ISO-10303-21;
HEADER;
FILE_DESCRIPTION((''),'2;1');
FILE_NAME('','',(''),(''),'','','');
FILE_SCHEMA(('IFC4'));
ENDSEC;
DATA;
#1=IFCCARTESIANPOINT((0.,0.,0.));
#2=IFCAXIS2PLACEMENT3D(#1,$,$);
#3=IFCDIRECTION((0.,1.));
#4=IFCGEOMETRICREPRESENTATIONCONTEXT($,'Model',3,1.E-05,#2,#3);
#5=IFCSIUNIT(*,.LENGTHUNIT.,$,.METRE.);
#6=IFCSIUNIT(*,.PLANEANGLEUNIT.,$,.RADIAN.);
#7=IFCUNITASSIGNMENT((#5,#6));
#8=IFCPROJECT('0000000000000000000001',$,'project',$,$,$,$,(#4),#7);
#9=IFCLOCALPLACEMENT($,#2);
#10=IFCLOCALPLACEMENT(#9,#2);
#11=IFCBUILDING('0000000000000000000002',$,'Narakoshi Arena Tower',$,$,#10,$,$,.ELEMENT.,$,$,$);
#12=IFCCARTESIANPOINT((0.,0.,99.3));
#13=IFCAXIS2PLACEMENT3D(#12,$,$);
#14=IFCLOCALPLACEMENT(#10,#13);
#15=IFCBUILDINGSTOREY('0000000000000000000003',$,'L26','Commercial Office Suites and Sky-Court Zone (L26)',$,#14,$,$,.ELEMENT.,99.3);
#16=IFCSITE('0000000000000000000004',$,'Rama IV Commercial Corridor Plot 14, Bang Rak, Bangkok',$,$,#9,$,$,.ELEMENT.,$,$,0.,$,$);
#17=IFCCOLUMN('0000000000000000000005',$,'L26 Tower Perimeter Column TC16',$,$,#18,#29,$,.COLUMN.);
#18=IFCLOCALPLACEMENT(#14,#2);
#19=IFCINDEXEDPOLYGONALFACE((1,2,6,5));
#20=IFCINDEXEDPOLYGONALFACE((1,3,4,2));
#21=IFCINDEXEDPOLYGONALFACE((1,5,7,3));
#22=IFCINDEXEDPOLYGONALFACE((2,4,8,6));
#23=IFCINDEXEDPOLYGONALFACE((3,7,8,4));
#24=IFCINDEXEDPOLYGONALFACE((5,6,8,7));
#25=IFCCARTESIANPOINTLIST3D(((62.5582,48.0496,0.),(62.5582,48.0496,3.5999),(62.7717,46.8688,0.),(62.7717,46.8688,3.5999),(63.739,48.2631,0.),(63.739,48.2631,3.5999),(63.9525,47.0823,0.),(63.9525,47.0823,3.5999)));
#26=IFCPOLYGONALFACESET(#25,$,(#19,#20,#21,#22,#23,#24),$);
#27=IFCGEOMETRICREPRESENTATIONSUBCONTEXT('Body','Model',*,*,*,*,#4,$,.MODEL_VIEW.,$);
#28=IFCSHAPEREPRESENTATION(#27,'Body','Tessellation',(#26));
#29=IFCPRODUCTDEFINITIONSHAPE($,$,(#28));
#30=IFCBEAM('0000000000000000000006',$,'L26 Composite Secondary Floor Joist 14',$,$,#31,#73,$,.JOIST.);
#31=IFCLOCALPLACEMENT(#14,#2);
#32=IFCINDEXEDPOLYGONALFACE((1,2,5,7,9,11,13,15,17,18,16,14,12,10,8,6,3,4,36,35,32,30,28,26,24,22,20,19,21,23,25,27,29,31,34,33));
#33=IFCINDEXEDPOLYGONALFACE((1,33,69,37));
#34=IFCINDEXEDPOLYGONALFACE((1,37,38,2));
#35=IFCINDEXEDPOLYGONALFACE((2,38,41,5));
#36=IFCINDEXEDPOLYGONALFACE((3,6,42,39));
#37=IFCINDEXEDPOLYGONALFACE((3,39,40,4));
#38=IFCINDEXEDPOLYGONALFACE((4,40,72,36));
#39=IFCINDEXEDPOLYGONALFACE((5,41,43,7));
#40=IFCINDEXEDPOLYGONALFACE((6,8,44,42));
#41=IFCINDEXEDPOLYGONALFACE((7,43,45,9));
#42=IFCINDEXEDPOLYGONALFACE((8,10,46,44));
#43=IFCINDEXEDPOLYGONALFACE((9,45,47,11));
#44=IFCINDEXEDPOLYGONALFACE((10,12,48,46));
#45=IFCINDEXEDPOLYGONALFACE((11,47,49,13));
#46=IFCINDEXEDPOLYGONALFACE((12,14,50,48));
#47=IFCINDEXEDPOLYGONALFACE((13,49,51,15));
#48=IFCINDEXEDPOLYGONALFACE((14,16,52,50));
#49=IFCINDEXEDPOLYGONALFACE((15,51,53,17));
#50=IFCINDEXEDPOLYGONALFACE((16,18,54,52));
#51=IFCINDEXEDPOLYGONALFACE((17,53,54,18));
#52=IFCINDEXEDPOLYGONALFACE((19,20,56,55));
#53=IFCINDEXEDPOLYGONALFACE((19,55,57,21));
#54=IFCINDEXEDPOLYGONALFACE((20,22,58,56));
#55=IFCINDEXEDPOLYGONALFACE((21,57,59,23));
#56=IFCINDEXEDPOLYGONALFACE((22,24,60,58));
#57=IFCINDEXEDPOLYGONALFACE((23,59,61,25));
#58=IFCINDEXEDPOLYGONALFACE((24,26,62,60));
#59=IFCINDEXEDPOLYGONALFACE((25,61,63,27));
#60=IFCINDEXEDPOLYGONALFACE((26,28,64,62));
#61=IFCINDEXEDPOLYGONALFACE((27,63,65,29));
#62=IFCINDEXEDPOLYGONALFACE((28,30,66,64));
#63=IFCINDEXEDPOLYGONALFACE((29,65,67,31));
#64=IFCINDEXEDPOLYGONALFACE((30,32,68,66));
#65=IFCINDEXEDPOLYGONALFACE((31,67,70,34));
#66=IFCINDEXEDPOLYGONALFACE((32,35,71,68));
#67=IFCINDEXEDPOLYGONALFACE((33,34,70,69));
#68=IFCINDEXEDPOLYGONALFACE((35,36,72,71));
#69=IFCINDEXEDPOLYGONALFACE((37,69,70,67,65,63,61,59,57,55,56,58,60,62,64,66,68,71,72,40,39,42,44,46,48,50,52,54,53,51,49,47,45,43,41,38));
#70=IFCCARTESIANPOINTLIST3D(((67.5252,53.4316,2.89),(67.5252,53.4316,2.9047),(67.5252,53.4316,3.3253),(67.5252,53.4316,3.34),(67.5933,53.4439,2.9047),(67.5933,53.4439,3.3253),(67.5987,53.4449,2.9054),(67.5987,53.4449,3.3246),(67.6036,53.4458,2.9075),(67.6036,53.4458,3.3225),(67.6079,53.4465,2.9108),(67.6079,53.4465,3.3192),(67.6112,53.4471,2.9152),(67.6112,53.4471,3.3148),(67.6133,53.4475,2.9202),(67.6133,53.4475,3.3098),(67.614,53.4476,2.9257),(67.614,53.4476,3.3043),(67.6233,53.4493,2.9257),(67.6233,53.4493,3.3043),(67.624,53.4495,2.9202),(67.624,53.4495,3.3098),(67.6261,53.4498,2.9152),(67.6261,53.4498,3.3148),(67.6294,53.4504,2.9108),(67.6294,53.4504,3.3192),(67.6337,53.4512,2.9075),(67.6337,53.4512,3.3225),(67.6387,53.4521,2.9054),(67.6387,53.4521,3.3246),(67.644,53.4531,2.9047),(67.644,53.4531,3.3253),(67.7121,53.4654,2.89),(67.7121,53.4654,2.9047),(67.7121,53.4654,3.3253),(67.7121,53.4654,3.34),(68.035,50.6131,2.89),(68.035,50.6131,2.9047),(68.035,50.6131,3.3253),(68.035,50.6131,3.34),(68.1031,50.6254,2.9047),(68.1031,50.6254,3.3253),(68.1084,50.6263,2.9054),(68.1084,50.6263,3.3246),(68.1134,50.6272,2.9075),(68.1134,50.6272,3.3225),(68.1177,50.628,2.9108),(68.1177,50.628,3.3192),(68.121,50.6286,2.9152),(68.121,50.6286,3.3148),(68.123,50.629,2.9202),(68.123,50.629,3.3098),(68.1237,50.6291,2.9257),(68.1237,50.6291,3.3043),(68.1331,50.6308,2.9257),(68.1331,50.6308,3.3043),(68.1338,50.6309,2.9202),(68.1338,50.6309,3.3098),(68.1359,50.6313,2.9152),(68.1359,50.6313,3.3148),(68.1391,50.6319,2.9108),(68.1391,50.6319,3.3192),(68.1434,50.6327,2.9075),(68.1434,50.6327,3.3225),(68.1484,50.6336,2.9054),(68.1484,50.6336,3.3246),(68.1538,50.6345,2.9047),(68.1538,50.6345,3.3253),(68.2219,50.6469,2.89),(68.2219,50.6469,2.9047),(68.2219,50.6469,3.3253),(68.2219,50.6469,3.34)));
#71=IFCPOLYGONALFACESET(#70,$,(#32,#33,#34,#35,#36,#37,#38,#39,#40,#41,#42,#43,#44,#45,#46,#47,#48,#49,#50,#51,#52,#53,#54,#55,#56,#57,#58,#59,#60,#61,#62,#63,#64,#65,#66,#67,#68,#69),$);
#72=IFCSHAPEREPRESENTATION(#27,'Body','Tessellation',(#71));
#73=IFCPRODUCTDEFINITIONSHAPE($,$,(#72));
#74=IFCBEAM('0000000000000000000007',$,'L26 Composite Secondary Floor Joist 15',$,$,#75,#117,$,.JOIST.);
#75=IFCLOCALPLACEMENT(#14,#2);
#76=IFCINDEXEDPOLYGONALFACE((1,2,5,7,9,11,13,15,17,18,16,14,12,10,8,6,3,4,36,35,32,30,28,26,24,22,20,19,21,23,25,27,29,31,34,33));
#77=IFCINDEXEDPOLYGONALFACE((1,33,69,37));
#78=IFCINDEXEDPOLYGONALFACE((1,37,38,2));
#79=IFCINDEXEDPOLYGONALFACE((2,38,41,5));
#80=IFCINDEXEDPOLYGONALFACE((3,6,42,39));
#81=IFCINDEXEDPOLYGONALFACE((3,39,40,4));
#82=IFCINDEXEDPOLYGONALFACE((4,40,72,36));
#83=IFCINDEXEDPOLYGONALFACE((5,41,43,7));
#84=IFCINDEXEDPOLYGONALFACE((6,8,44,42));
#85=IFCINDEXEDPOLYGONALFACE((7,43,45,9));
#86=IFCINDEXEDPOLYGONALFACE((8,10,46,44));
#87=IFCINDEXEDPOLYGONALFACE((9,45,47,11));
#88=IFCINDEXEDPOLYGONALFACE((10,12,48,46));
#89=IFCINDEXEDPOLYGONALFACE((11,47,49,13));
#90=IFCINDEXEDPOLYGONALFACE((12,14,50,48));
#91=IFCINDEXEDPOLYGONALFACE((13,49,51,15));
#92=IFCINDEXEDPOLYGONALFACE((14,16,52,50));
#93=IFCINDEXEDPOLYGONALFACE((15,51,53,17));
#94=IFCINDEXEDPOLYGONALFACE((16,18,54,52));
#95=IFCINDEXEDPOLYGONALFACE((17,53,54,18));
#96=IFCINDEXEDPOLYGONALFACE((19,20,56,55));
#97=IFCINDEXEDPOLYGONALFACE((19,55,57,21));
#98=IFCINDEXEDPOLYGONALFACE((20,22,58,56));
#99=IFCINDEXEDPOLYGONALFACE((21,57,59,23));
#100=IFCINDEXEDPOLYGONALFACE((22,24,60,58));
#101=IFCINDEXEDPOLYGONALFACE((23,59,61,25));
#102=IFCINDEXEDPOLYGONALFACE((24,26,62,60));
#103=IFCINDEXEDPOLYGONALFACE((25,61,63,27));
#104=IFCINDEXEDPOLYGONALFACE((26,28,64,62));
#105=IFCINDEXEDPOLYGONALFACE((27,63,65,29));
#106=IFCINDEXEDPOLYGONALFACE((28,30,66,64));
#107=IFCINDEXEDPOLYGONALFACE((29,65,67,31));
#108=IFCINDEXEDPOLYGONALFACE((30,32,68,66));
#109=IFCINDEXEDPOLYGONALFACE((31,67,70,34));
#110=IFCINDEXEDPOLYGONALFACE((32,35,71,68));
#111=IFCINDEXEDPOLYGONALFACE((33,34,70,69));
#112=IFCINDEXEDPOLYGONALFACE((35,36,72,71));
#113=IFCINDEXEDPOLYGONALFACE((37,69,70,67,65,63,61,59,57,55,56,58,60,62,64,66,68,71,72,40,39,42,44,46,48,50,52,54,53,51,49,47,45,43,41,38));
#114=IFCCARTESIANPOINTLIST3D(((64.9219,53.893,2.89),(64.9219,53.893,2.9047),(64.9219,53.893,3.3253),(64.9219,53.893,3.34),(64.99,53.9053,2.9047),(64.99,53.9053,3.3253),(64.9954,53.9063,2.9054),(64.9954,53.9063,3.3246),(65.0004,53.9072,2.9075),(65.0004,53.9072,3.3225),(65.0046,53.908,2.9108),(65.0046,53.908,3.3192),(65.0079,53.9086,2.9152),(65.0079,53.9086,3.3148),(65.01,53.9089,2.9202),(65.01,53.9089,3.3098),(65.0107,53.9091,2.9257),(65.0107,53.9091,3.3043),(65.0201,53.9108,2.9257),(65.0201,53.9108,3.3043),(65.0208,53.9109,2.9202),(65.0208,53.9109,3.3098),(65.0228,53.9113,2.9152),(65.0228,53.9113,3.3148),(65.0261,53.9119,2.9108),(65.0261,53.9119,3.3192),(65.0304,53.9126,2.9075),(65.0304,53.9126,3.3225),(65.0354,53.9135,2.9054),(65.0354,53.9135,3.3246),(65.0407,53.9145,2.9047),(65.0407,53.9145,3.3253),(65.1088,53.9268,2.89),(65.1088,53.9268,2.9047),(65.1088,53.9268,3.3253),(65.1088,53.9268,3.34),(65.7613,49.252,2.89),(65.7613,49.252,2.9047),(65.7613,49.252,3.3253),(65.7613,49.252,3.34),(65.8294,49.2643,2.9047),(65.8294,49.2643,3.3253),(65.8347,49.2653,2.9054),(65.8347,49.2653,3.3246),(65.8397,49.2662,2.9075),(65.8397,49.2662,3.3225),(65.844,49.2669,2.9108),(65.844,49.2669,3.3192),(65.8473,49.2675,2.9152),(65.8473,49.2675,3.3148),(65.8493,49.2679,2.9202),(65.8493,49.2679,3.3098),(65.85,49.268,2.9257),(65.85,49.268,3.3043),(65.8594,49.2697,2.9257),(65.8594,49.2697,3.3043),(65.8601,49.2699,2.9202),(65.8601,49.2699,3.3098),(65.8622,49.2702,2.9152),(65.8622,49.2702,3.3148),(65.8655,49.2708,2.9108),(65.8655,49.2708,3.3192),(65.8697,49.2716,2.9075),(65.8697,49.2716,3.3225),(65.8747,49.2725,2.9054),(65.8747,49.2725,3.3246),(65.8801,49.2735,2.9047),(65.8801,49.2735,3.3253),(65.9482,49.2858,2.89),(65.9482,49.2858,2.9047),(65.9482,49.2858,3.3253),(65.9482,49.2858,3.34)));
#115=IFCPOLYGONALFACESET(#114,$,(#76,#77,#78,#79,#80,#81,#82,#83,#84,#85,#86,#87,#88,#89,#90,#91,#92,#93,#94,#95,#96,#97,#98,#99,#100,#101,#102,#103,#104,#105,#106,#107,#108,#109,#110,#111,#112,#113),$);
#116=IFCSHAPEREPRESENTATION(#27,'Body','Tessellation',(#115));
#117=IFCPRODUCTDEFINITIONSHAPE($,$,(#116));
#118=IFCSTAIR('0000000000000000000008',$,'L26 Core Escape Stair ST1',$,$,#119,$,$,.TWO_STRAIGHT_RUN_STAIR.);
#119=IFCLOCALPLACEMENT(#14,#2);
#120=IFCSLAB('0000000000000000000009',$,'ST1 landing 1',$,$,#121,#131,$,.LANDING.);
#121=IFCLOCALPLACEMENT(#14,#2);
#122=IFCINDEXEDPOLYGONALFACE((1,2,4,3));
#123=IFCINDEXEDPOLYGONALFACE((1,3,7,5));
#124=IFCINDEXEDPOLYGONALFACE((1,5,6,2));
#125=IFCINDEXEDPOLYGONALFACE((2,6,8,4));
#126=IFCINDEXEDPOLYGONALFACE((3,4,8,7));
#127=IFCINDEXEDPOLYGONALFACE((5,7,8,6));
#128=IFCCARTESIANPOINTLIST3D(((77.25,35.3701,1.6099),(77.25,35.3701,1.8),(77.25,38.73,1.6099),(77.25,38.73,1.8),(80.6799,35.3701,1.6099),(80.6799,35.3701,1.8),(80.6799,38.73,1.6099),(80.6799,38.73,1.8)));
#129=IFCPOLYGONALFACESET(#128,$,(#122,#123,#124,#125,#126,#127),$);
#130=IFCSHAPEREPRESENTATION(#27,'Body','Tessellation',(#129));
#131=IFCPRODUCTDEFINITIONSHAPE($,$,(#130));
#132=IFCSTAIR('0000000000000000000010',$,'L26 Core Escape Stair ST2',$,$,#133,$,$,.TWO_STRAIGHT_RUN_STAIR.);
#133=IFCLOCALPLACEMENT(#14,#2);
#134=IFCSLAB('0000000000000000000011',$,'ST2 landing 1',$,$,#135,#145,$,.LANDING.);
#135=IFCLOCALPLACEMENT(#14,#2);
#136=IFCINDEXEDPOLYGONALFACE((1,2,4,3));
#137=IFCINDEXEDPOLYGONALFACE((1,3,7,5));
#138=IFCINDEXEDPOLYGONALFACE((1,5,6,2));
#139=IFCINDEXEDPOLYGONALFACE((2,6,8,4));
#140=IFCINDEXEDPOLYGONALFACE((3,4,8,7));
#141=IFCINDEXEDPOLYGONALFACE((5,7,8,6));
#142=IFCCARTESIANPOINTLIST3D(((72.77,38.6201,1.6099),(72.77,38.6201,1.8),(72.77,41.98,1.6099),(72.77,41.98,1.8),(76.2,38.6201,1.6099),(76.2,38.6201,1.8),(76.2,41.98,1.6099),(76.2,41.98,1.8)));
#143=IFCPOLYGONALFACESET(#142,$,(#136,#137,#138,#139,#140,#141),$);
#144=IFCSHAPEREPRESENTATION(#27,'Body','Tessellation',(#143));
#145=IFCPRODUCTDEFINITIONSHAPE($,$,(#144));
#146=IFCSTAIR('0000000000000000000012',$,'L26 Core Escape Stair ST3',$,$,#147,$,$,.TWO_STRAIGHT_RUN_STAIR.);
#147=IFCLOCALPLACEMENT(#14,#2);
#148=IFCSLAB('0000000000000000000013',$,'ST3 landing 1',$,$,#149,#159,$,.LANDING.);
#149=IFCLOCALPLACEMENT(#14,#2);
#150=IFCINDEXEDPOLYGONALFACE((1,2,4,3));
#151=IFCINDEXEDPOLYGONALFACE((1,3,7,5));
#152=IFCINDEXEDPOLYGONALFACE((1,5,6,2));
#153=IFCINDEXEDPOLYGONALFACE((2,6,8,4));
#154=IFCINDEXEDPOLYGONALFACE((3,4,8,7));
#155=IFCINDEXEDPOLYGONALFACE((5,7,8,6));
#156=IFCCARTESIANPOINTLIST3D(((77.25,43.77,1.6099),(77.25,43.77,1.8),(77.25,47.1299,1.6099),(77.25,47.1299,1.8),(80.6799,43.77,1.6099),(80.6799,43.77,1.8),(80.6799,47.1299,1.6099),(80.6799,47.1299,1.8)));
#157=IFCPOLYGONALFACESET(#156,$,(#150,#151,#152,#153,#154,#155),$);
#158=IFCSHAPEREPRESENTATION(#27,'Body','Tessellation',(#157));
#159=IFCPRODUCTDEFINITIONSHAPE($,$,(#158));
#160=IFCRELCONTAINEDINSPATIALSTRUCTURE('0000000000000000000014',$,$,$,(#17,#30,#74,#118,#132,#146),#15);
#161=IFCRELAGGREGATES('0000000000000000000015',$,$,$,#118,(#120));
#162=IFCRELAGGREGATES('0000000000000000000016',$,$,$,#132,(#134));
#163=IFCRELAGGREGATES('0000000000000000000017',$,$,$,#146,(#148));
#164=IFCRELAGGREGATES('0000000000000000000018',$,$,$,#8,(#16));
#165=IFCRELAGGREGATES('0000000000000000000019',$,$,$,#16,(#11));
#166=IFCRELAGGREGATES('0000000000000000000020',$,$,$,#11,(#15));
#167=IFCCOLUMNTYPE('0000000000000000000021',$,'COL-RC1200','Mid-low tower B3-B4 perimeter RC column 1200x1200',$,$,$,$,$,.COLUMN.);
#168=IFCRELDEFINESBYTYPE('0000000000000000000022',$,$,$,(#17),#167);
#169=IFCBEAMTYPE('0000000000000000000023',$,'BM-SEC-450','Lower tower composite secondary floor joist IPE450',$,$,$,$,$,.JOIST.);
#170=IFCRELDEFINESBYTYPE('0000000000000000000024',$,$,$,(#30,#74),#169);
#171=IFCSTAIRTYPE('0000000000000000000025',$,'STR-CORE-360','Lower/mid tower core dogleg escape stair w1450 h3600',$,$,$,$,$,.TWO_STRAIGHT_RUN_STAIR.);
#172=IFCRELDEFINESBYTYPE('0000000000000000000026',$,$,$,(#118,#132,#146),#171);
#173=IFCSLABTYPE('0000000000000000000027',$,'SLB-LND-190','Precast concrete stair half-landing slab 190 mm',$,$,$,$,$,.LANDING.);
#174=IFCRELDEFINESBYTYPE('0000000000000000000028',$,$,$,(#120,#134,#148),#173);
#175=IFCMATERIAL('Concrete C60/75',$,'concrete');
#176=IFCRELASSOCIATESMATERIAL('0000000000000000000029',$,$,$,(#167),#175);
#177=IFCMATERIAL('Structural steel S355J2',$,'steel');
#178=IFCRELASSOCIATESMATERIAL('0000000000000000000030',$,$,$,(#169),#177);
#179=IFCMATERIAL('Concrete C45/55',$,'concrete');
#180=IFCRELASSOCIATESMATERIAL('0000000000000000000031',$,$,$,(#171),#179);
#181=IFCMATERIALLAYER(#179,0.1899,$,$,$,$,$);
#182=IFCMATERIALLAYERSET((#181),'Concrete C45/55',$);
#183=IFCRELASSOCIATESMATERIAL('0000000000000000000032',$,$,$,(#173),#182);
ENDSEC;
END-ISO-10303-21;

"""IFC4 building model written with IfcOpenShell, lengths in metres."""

from ifc_helpers import new_model, si_unit, direction, frame, origin, origin_2d, place, context, subcontext, project, spatial, polyline, rectangle, i_section, outline, extrude, material, layer, layer_set, material_profile, profile_set, type_object, element, aggregate, save


model = new_model("IFC4")

# Units and contexts
model_context = context("Model", 3, precision=1e-05, world=origin(), true_north=direction((0.0, 1.0)))
body_context = subcontext(model_context, "Body", "Model", "MODEL_VIEW")
ifc_project = project(units=[si_unit("LENGTHUNIT", "METRE"), si_unit("PLANEANGLEUNIT", "RADIAN")], contexts=[model_context])

# Site, building, storey
site_placement = place(None, origin())
site = spatial("IfcSite", under=ifc_project, at=site_placement, Name="Rama IV Commercial Corridor Plot 14, Bang Rak, Bangkok", CompositionType="ELEMENT", RefElevation=0.0)
building_placement = place(site_placement, origin())
building = spatial("IfcBuilding", under=site, at=building_placement, Name="Narakoshi Arena Tower", CompositionType="ELEMENT")
storey_placement = place(building_placement, frame((0.0, 0.0, 99.3)))
storey = spatial("IfcBuildingStorey", under=building, at=storey_placement, Name="L26", Description="Commercial Office Suites and Sky-Court Zone (L26)", CompositionType="ELEMENT", Elevation=99.3)

# Column
ifc_material_1 = material(Name="Concrete C60/75", Category="concrete")
ifc_material_profile_1 = material_profile(ifc_material_1, rectangle(XDim=1.2, YDim=1.2, at=origin_2d()), Name="RC1200x1200")
ifc_profile_set_1 = profile_set([ifc_material_profile_1], Name="Concrete C60/75")
column_type = type_object("IfcColumnType", Name="COL-RC1200", Description="Mid-low tower B3-B4 perimeter RC column 1200x1200", PredefinedType="COLUMN", material=ifc_profile_set_1)
column_placement = place(storey_placement, frame((63.2554, 47.5659, 0.0), z_axis=(0.0, 0.0, 1.0), x_axis=(-0.177944, 0.984041, 0.0)))
element("IfcColumn", 1, at=column_placement, inside=storey, type_object=column_type, Name="L26 Tower Perimeter Column TC16", PredefinedType="COLUMN", context=body_context, shape_type="SweptSolid", body=[
    extrude(rectangle(XDim=1.2, YDim=1.2, at=origin_2d()), origin(), (0.0, 0.0, 1.0), 3.5999),
])

# Beams
ifc_material_2 = material(Name="Structural steel S355J2", Category="steel")
ifc_material_profile_2 = material_profile(ifc_material_2, i_section(OverallWidth=0.1899, OverallDepth=0.45, WebThickness=0.0095, FlangeThickness=0.0146, FilletRadius=0.021, at=origin_2d()), Name="IPE450")
ifc_profile_set_2 = profile_set([ifc_material_profile_2], Name="Structural steel S355J2")
beam_type = type_object("IfcBeamType", Name="BM-SEC-450", Description="Lower tower composite secondary floor joist IPE450", PredefinedType="JOIST", material=ifc_profile_set_2)
beam_1_placement = place(storey_placement, frame((67.6187, 53.4485, 3.115), z_axis=(0.17797, -0.984036, 0.0), x_axis=(0.984036, 0.17797, 0.0)))
element("IfcBeam", 2, at=beam_1_placement, inside=storey, type_object=beam_type, Name="L26 Composite Secondary Floor Joist 14", PredefinedType="JOIST", context=body_context, shape_type="SweptSolid", body=[
    extrude(i_section(OverallWidth=0.1899, OverallDepth=0.45, WebThickness=0.0095, FlangeThickness=0.0146, FilletRadius=0.021, at=origin_2d()), origin(), (0.0, 0.0, 1.0), 2.8643),
])
beam_2_placement = place(storey_placement, frame((65.0154, 53.9099, 3.115), z_axis=(0.177965, -0.984037, 0.0), x_axis=(0.984037, 0.177965, 0.0)))
element("IfcBeam", 3, at=beam_2_placement, inside=storey, type_object=beam_type, Name="L26 Composite Secondary Floor Joist 15", PredefinedType="JOIST", context=body_context, shape_type="SweptSolid", body=[
    extrude(i_section(OverallWidth=0.1899, OverallDepth=0.45, WebThickness=0.0095, FlangeThickness=0.0146, FilletRadius=0.021, at=origin_2d()), origin(), (0.0, 0.0, 1.0), 4.7163),
])

# Stairs, slabs
ifc_material_3 = material(Name="Concrete C45/55", Category="concrete")
stair_type = type_object("IfcStairType", Name="STR-CORE-360", Description="Lower/mid tower core dogleg escape stair w1450 h3600", PredefinedType="TWO_STRAIGHT_RUN_STAIR", material=ifc_material_3)
stair_1_placement = place(storey_placement, origin())
stair_1 = element("IfcStair", 4, at=stair_1_placement, inside=storey, type_object=stair_type, Name="L26 Core Escape Stair ST1", PredefinedType="TWO_STRAIGHT_RUN_STAIR")
ifc_layer_1 = layer(ifc_material_3, 0.1899)
ifc_layer_set_1 = layer_set([ifc_layer_1], Name="Concrete C45/55")
slab_type_1 = type_object("IfcSlabType", Name="SLB-LND-190", Description="Precast concrete stair half-landing slab 190 mm", PredefinedType="LANDING", material=ifc_layer_set_1)
slab_1_placement = place(storey_placement, frame((0.0, 0.0, 1.6099)))
slab_1 = element("IfcSlab", 5, at=slab_1_placement, type_object=slab_type_1, Name="ST1 landing 1", PredefinedType="LANDING", context=body_context, shape_type="SweptSolid", body=[
    extrude(outline(polyline([(77.25, 35.3701), (80.6799, 35.3701), (80.6799, 38.73), (77.25, 38.73), (77.25, 35.3701)])), origin(), (0.0, 0.0, 1.0), 0.1902),
])
aggregate(stair_1, [slab_1])
stair_2_placement = place(storey_placement, origin())
stair_2 = element("IfcStair", 6, at=stair_2_placement, inside=storey, type_object=stair_type, Name="L26 Core Escape Stair ST2", PredefinedType="TWO_STRAIGHT_RUN_STAIR")
slab_2_placement = place(storey_placement, frame((0.0, 0.0, 1.6099)))
slab_2 = element("IfcSlab", 7, at=slab_2_placement, type_object=slab_type_1, Name="ST2 landing 1", PredefinedType="LANDING", context=body_context, shape_type="SweptSolid", body=[
    extrude(outline(polyline([(72.77, 38.6201), (76.2, 38.6201), (76.2, 41.98), (72.77, 41.98), (72.77, 38.6201)])), origin(), (0.0, 0.0, 1.0), 0.1902),
])
aggregate(stair_2, [slab_2])
stair_3_placement = place(storey_placement, origin())
stair_3 = element("IfcStair", 8, at=stair_3_placement, inside=storey, type_object=stair_type, Name="L26 Core Escape Stair ST3", PredefinedType="TWO_STRAIGHT_RUN_STAIR")
slab_3_placement = place(storey_placement, frame((0.0, 0.0, 1.6099)))
slab_3 = element("IfcSlab", 9, at=slab_3_placement, type_object=slab_type_1, Name="ST3 landing 1", PredefinedType="LANDING", context=body_context, shape_type="SweptSolid", body=[
    extrude(outline(polyline([(77.25, 43.77), (80.6799, 43.77), (80.6799, 47.1299), (77.25, 47.1299), (77.25, 43.77)])), origin(), (0.0, 0.0, 1.0), 0.1902),
])
aggregate(stair_3, [slab_3])

save(model, "model.ifc")
